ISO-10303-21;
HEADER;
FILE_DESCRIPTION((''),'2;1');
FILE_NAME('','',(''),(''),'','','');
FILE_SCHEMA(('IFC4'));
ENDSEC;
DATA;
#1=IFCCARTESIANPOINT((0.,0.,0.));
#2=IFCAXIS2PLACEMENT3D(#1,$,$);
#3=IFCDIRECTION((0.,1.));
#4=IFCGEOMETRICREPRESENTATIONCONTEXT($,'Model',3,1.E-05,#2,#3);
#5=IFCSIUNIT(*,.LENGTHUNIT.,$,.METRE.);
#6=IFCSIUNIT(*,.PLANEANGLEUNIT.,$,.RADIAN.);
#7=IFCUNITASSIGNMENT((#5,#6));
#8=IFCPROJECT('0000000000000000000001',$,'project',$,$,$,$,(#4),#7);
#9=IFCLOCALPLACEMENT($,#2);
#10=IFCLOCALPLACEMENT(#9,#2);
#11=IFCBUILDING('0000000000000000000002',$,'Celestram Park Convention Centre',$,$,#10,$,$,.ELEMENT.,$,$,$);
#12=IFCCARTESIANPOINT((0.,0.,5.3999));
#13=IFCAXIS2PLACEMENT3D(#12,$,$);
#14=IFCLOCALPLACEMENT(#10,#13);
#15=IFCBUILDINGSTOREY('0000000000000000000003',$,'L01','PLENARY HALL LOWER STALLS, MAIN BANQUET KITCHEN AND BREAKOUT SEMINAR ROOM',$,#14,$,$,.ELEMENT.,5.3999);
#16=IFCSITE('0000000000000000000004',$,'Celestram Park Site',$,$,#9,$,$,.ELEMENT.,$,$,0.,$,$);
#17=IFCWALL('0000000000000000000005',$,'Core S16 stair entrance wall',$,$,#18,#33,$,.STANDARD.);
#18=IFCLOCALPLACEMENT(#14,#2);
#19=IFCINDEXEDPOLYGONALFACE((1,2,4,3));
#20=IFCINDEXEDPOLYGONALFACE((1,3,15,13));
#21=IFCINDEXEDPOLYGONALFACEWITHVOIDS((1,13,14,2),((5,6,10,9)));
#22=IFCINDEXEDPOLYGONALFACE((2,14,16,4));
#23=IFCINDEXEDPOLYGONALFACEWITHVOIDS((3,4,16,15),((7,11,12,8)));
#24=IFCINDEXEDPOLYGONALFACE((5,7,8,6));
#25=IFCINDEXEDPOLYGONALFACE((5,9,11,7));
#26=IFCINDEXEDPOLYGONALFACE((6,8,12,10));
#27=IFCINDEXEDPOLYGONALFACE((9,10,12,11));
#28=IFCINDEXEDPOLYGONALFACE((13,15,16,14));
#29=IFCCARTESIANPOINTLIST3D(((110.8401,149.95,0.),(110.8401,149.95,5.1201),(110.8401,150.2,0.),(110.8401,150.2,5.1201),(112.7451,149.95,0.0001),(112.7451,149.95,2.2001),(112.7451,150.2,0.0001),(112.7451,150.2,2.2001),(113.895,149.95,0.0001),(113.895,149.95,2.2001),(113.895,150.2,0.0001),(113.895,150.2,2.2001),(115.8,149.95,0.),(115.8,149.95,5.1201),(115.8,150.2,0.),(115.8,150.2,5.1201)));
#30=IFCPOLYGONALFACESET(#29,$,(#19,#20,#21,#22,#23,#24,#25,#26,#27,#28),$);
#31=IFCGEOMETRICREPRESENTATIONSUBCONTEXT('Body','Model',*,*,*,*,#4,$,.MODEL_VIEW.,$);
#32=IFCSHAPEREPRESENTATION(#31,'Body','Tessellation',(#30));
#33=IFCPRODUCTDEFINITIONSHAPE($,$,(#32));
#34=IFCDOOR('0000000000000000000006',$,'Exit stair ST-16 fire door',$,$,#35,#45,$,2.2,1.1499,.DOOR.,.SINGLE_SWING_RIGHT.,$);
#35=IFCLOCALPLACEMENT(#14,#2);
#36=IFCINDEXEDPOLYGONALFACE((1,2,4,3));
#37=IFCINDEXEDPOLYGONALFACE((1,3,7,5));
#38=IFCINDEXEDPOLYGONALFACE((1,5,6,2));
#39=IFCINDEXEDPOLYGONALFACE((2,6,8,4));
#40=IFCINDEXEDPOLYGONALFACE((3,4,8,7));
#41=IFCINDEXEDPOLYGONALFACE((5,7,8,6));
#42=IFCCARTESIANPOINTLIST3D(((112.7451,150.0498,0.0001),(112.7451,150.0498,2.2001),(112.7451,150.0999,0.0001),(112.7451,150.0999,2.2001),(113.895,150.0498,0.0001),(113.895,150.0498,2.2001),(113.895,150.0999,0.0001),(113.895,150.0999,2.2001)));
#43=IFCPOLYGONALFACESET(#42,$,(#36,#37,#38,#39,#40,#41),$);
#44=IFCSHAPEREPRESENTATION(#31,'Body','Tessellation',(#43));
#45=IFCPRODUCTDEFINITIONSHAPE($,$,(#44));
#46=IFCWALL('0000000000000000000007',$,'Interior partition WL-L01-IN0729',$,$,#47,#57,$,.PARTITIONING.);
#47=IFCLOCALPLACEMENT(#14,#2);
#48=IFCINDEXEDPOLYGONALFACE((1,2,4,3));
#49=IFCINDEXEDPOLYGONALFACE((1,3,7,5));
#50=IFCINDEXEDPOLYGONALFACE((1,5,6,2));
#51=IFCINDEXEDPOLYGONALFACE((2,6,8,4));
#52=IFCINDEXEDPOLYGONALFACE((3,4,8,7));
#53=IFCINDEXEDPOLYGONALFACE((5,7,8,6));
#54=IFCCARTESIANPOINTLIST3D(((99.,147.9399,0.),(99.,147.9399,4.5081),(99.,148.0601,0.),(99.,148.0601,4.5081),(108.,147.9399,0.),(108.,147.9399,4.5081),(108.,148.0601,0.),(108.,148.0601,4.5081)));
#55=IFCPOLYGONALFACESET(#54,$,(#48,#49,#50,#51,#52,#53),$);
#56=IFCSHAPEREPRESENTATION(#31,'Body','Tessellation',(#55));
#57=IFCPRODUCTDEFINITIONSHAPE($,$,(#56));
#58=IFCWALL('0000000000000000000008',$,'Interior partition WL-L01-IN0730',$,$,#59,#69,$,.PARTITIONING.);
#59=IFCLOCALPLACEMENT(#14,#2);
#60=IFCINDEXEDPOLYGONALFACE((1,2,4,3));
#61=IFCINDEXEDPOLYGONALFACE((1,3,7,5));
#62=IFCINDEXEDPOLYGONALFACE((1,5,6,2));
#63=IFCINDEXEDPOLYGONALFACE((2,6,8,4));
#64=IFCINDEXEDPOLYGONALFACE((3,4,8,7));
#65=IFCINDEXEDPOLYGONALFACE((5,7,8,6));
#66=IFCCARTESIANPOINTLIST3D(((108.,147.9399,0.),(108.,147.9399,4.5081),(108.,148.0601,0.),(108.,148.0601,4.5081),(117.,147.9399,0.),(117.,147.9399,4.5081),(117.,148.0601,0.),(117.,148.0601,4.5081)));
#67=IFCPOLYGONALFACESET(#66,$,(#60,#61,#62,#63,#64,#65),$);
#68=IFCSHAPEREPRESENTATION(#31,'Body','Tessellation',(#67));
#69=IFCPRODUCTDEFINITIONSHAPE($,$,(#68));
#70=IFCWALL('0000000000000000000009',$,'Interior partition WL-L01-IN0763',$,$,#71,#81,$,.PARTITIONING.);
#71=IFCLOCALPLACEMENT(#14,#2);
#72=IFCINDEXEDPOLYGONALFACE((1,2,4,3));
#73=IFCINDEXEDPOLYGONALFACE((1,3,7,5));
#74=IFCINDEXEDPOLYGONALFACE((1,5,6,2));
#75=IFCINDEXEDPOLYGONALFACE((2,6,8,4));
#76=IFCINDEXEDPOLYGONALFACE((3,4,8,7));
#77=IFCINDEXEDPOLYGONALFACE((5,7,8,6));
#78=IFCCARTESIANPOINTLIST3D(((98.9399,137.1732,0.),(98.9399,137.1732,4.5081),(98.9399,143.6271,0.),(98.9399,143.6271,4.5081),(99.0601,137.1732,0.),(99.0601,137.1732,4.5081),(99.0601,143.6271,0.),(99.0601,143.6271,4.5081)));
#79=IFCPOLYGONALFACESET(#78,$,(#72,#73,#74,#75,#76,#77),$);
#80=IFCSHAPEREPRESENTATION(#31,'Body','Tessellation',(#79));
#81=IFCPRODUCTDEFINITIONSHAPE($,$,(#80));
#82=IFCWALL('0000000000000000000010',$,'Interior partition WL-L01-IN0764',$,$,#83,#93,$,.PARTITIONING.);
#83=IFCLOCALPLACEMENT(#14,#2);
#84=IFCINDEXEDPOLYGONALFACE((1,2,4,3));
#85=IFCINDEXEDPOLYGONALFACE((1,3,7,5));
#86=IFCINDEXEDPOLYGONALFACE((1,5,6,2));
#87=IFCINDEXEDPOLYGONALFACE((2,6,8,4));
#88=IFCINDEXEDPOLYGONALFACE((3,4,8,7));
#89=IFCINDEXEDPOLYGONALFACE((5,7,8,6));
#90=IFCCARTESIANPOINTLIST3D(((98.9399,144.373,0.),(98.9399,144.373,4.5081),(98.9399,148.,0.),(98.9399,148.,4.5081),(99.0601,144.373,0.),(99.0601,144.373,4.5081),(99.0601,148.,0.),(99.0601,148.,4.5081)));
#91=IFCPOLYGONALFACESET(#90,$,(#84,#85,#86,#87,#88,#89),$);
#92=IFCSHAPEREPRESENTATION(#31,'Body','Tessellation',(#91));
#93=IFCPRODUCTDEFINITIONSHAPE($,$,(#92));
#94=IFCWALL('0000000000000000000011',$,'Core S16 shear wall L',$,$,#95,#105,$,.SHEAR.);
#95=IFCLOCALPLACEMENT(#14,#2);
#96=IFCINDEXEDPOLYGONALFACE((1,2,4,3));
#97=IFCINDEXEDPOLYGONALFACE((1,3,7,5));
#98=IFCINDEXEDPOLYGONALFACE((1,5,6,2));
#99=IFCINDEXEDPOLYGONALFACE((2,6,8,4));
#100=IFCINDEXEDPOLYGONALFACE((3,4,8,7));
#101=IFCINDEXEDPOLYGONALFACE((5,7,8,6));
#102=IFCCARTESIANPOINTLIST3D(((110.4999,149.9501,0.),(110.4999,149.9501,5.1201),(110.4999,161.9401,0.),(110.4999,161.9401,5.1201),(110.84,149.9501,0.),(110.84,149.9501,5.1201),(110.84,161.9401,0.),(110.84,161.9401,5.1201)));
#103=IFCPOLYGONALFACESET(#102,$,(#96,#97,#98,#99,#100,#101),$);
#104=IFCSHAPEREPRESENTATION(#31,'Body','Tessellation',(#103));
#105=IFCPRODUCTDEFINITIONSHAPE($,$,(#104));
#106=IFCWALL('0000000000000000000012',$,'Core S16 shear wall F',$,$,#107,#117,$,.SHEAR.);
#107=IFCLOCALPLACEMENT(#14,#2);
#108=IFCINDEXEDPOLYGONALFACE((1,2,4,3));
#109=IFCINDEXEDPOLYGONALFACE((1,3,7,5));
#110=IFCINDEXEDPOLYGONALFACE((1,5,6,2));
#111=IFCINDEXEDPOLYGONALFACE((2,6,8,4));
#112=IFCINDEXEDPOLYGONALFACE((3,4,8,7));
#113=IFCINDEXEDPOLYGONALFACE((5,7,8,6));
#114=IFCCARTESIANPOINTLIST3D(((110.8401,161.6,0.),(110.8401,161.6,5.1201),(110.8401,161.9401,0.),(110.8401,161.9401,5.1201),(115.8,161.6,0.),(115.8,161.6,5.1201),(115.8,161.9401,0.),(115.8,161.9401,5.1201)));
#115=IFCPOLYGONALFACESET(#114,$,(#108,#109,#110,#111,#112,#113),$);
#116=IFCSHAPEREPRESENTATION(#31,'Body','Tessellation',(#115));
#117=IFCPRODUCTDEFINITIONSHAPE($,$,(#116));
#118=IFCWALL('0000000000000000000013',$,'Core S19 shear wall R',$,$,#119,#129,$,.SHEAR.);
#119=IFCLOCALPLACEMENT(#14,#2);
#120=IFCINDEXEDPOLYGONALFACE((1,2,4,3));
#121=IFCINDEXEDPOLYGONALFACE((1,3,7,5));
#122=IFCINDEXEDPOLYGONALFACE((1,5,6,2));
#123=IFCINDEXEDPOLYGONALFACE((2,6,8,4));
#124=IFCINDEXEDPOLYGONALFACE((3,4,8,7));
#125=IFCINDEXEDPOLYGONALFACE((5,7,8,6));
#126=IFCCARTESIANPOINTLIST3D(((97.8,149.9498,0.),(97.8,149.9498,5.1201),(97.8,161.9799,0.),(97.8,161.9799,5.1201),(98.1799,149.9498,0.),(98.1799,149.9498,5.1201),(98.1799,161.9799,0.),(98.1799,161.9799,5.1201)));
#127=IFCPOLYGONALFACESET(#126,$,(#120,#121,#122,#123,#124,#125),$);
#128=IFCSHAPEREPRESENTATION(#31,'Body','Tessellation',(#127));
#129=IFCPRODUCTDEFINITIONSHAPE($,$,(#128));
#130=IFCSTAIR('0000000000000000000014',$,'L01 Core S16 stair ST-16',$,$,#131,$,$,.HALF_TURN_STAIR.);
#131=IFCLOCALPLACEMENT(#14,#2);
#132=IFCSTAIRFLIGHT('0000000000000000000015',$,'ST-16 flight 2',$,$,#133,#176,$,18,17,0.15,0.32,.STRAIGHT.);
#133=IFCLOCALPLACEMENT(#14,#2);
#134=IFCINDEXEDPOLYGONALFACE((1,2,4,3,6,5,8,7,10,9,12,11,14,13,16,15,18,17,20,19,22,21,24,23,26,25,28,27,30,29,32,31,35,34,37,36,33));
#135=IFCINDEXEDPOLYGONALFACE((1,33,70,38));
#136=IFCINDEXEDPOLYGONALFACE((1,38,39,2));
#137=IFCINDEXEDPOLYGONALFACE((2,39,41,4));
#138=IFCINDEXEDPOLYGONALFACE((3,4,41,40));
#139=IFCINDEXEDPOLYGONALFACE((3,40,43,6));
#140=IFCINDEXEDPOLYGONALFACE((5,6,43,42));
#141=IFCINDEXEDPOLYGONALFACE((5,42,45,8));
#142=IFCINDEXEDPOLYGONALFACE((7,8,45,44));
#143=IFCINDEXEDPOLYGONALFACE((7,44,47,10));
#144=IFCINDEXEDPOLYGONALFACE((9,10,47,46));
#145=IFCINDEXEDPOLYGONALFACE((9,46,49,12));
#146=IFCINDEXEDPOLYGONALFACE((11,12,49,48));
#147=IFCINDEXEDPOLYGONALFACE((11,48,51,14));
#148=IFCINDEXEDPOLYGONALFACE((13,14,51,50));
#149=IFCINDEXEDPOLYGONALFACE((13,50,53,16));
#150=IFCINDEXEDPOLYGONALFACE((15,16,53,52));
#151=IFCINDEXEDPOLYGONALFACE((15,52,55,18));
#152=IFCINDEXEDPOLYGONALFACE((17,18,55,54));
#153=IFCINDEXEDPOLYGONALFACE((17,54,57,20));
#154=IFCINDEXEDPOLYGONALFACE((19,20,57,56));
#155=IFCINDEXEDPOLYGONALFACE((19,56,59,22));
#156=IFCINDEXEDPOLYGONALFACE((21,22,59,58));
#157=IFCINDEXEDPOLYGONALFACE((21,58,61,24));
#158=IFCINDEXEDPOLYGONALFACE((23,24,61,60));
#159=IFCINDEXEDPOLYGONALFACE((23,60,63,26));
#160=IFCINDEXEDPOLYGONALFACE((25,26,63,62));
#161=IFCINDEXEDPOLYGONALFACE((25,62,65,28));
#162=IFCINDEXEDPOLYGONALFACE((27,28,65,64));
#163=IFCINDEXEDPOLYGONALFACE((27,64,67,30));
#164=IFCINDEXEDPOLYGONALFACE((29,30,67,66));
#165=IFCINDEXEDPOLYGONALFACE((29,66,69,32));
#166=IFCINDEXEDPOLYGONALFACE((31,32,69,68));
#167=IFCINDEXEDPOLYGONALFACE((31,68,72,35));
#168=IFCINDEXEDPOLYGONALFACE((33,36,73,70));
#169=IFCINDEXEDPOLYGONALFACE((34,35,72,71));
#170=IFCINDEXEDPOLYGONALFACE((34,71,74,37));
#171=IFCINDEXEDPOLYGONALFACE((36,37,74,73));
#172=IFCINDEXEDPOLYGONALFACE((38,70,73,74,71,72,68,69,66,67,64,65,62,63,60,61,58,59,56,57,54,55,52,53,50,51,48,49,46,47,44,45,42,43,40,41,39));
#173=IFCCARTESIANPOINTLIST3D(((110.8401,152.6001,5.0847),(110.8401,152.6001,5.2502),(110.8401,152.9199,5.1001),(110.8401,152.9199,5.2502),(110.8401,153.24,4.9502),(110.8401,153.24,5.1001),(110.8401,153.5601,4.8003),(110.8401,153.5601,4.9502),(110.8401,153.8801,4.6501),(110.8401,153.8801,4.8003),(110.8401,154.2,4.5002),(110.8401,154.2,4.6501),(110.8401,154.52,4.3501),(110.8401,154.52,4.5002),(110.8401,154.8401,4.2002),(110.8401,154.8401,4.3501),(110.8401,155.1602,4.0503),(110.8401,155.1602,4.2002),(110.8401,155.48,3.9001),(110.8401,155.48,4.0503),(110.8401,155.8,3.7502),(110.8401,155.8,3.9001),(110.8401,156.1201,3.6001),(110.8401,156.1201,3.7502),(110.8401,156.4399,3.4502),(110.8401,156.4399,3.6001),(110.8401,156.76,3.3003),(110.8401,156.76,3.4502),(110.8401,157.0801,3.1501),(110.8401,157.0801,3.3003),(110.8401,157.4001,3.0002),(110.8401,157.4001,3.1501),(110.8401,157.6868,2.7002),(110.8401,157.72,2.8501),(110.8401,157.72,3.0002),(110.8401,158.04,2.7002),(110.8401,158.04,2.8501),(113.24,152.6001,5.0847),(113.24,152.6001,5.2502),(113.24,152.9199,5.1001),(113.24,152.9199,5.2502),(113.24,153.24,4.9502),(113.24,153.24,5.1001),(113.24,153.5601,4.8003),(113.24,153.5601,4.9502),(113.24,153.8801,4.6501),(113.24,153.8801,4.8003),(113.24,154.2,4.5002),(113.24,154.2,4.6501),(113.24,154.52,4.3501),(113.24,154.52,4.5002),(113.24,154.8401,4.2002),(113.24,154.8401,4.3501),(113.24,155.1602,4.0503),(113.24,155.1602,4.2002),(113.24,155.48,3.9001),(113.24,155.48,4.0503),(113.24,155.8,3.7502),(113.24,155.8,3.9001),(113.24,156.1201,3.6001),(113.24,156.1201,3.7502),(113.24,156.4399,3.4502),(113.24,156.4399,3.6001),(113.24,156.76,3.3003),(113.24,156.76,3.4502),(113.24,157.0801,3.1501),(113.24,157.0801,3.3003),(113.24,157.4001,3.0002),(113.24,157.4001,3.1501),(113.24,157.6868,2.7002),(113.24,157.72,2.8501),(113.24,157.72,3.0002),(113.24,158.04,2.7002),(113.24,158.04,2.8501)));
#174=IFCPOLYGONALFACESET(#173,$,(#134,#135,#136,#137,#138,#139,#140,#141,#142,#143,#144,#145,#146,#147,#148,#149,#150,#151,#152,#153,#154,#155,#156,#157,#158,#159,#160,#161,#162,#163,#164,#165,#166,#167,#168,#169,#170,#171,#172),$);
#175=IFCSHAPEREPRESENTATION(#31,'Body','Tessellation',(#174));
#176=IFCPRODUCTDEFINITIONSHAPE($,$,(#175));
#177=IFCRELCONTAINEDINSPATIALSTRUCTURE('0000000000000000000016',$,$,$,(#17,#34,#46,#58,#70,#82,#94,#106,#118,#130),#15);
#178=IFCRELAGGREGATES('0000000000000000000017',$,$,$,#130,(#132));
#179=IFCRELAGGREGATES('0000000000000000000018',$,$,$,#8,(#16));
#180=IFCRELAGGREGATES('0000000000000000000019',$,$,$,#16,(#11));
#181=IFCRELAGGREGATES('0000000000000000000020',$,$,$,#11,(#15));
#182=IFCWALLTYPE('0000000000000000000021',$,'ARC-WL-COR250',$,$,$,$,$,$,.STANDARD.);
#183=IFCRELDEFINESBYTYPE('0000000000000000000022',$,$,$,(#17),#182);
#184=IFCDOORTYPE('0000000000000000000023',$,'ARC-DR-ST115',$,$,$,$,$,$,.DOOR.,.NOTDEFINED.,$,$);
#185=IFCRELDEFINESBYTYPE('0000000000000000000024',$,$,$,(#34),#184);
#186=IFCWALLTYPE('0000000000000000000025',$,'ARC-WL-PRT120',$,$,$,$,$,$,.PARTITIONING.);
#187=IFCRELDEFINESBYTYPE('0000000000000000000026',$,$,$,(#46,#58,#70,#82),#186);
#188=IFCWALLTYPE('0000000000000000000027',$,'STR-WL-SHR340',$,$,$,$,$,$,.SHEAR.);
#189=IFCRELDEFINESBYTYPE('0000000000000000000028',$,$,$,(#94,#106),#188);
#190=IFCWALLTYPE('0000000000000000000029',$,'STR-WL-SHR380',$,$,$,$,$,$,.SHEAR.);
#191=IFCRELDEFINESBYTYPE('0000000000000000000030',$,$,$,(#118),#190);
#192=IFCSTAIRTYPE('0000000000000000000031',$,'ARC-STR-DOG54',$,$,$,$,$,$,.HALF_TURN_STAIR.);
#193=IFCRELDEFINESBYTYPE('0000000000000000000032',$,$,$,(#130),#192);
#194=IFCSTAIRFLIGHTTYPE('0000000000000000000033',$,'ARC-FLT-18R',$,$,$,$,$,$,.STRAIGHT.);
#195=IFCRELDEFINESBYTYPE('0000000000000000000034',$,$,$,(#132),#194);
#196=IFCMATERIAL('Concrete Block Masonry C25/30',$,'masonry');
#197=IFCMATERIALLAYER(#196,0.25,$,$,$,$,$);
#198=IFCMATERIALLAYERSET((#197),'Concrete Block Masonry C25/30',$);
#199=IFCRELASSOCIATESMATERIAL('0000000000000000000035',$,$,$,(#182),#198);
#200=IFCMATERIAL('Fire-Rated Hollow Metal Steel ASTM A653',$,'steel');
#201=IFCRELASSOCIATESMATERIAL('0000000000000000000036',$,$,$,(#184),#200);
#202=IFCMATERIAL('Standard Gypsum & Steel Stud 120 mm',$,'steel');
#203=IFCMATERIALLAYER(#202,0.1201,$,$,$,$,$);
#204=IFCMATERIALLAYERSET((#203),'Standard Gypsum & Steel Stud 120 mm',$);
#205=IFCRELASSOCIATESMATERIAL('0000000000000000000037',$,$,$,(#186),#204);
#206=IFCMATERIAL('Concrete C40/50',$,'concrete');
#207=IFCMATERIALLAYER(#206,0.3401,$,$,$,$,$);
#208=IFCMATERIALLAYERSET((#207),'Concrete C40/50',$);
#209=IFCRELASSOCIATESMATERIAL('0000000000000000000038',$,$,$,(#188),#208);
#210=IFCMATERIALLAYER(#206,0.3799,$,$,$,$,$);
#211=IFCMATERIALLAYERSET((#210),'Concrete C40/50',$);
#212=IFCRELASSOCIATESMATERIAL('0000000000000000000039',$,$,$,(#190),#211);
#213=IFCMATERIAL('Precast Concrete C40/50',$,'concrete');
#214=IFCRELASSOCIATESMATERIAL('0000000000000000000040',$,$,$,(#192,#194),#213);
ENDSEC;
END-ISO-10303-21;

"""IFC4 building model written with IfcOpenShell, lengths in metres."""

from ifc_helpers import new_model, si_unit, direction, frame, frame_2d, origin, place, context, subcontext, project, spatial, polyline, rectangle, outline, extrude, material, layer, layer_set, type_object, element, fill, aggregate, save


model = new_model("IFC4")

# Units and contexts
model_context = context("Model", 3, precision=1e-05, world=origin(), true_north=direction((0.0, 1.0)))
body_context = subcontext(model_context, "Body", "Model", "MODEL_VIEW")
ifc_project = project(units=[si_unit("LENGTHUNIT", "METRE"), si_unit("PLANEANGLEUNIT", "RADIAN")], contexts=[model_context])

# Site, building, storey
site_placement = place(None, origin())
site = spatial("IfcSite", under=ifc_project, at=site_placement, Name="Celestram Park Site", CompositionType="ELEMENT", RefElevation=0.0)
building_placement = place(site_placement, origin())
building = spatial("IfcBuilding", under=site, at=building_placement, Name="Celestram Park Convention Centre", CompositionType="ELEMENT")
storey_placement = place(building_placement, frame((0.0, 0.0, 5.3999)))
storey = spatial("IfcBuildingStorey", under=building, at=storey_placement, Name="L01", Description="PLENARY HALL LOWER STALLS, MAIN BANQUET KITCHEN AND BREAKOUT SEMINAR ROOM", CompositionType="ELEMENT", Elevation=5.3999)

# Shared definitions
ifc_material_1 = material(Name="Concrete C40/50", Category="concrete")

# Wall, opening, door
ifc_material_2 = material(Name="Concrete Block Masonry C25/30", Category="masonry")
ifc_layer_1 = layer(ifc_material_2, 0.25)
ifc_layer_set_1 = layer_set([ifc_layer_1], Name="Concrete Block Masonry C25/30")
wall_type_1 = type_object("IfcWallType", Name="ARC-WL-COR250", PredefinedType="STANDARD", material=ifc_layer_set_1)
wall_1_placement = place(storey_placement, frame((110.8401, 150.075, 0.0), z_axis=(0.0, 0.0, 1.0), x_axis=(1.0, 0.0, 0.0)))
wall_1 = element("IfcWall", 1, at=wall_1_placement, inside=storey, type_object=wall_type_1, Name="Core S16 stair entrance wall", PredefinedType="STANDARD", context=body_context, shape_type="SweptSolid", body=[
    extrude(rectangle(XDim=4.96, YDim=0.25, at=frame_2d((2.48, 0.0))), origin(), (0.0, 0.0, 1.0), 5.1201),
])
opening_placement = place(wall_1_placement, frame((1.905, 0.0, 0.0)))
opening = element("IfcOpeningElement", 2, at=opening_placement, cuts=wall_1, PredefinedType="OPENING", context=body_context, shape_type="SweptSolid", body=[
    extrude(rectangle(XDim=1.1499, YDim=2.2, at=frame_2d((0.575, 1.1001))), frame((0.0, 0.135, 0.0), z_axis=(0.0, -1.0, 0.0), x_axis=(1.0, 0.0, 0.0)), (0.0, 0.0, 1.0), 0.27),
])
ifc_material_3 = material(Name="Fire-Rated Hollow Metal Steel ASTM A653", Category="steel")
door_type = type_object("IfcDoorType", Name="ARC-DR-ST115", OperationType="NOTDEFINED", PredefinedType="DOOR", material=ifc_material_3)
door_placement = place(opening_placement, origin())
door = element("IfcDoor", 3, at=door_placement, inside=storey, type_object=door_type, Name="Exit stair ST-16 fire door", OperationType="SINGLE_SWING_RIGHT", OverallHeight=2.2, OverallWidth=1.1499, PredefinedType="DOOR", context=body_context, shape_type="SweptSolid", body=[
    extrude(rectangle(XDim=1.1499, YDim=2.2, at=frame_2d((0.575, 1.1001))), frame((0.0, 0.0249, 0.0), z_axis=(0.0, -1.0, 0.0), x_axis=(1.0, 0.0, 0.0)), (0.0, 0.0, 1.0), 0.05),
])
fill(opening, door)

# Walls
ifc_material_4 = material(Name="Standard Gypsum & Steel Stud 120 mm", Category="steel")
ifc_layer_2 = layer(ifc_material_4, 0.1201)
ifc_layer_set_2 = layer_set([ifc_layer_2], Name="Standard Gypsum & Steel Stud 120 mm")
wall_type_2 = type_object("IfcWallType", Name="ARC-WL-PRT120", PredefinedType="PARTITIONING", material=ifc_layer_set_2)
for number, where, z_axis, x_axis, name in (
    (4, (99.0, 148.0, 0.0), (0.0, 0.0, 1.0), (1.0, 0.0, 0.0), "Interior partition WL-L01-IN0729"),
    (5, (108.0, 148.0, 0.0), (0.0, 0.0, 1.0), (1.0, 0.0, 0.0), "Interior partition WL-L01-IN0730"),
):
    element("IfcWall", number, at=place(storey_placement, frame(where, z_axis=z_axis, x_axis=x_axis)), inside=storey, type_object=wall_type_2, Name=name, PredefinedType="PARTITIONING", context=body_context, shape_type="SweptSolid", body=[
        extrude(rectangle(XDim=9.0, YDim=0.1201, at=frame_2d((4.5, 0.0))), origin(), (0.0, 0.0, 1.0), 4.5081),
    ])
wall_2_placement = place(storey_placement, frame((99.0, 137.1731, 0.0), z_axis=(0.0, 0.0, 1.0), x_axis=(0.0, 1.0, 0.0)))
element("IfcWall", 6, at=wall_2_placement, inside=storey, type_object=wall_type_2, Name="Interior partition WL-L01-IN0763", PredefinedType="PARTITIONING", context=body_context, shape_type="SweptSolid", body=[
    extrude(rectangle(XDim=6.4539, YDim=0.1201, at=frame_2d((3.2271, 0.0))), origin(), (0.0, 0.0, 1.0), 4.5081),
])
wall_3_placement = place(storey_placement, frame((99.0, 144.373, 0.0), z_axis=(0.0, 0.0, 1.0), x_axis=(0.0, 1.0, 0.0)))
element("IfcWall", 7, at=wall_3_placement, inside=storey, type_object=wall_type_2, Name="Interior partition WL-L01-IN0764", PredefinedType="PARTITIONING", context=body_context, shape_type="SweptSolid", body=[
    extrude(rectangle(XDim=3.627, YDim=0.1201, at=frame_2d((1.8135, 0.0))), origin(), (0.0, 0.0, 1.0), 4.5081),
])
ifc_layer_3 = layer(ifc_material_1, 0.3401)
ifc_layer_set_3 = layer_set([ifc_layer_3], Name="Concrete C40/50")
wall_type_3 = type_object("IfcWallType", Name="STR-WL-SHR340", PredefinedType="SHEAR", material=ifc_layer_set_3)
wall_4_placement = place(storey_placement, frame((110.6699, 149.95, 0.0), z_axis=(0.0, 0.0, 1.0), x_axis=(0.0, 1.0, 0.0)))
element("IfcWall", 8, at=wall_4_placement, inside=storey, type_object=wall_type_3, Name="Core S16 shear wall L", PredefinedType="SHEAR", context=body_context, shape_type="SweptSolid", body=[
    extrude(rectangle(XDim=11.99, YDim=0.3401, at=frame_2d((5.9951, 0.0))), origin(), (0.0, 0.0, 1.0), 5.1201),
])
wall_5_placement = place(storey_placement, frame((110.8401, 161.77, 0.0), z_axis=(0.0, 0.0, 1.0), x_axis=(1.0, 0.0, 0.0)))
element("IfcWall", 9, at=wall_5_placement, inside=storey, type_object=wall_type_3, Name="Core S16 shear wall F", PredefinedType="SHEAR", context=body_context, shape_type="SweptSolid", body=[
    extrude(rectangle(XDim=4.96, YDim=0.3401, at=frame_2d((2.48, 0.0))), origin(), (0.0, 0.0, 1.0), 5.1201),
])
ifc_layer_4 = layer(ifc_material_1, 0.3799)
ifc_layer_set_4 = layer_set([ifc_layer_4], Name="Concrete C40/50")
wall_type_4 = type_object("IfcWallType", Name="STR-WL-SHR380", PredefinedType="SHEAR", material=ifc_layer_set_4)
wall_6_placement = place(storey_placement, frame((97.99, 161.98, 0.0), z_axis=(0.0, 0.0, 1.0), x_axis=(0.0, -1.0, 0.0)))
element("IfcWall", 10, at=wall_6_placement, inside=storey, type_object=wall_type_4, Name="Core S19 shear wall R", PredefinedType="SHEAR", context=body_context, shape_type="SweptSolid", body=[
    extrude(rectangle(XDim=12.03, YDim=0.3799, at=frame_2d((6.0151, 0.0))), origin(), (0.0, 0.0, 1.0), 5.1201),
])

# Stair, stair flight
ifc_material_5 = material(Name="Precast Concrete C40/50", Category="concrete")
stair_type = type_object("IfcStairType", Name="ARC-STR-DOG54", PredefinedType="HALF_TURN_STAIR", material=ifc_material_5)
stair_placement = place(storey_placement, origin())
stair = element("IfcStair", 11, at=stair_placement, inside=storey, type_object=stair_type, Name="L01 Core S16 stair ST-16", PredefinedType="HALF_TURN_STAIR")
stair_flight_type = type_object("IfcStairFlightType", Name="ARC-FLT-18R", PredefinedType="STRAIGHT", material=ifc_material_5)
stair_flight_placement = place(storey_placement, frame((112.04, 158.04, 2.7002), z_axis=(0.0, 0.0, 1.0), x_axis=(0.0, -1.0, 0.0)))
stair_flight = element("IfcStairFlight", 12, at=stair_flight_placement, type_object=stair_flight_type, Name="ST-16 flight 2", NumberOfRisers=18, NumberOfTreads=17, PredefinedType="STRAIGHT", RiserHeight=0.15, TreadLength=0.32, context=body_context, shape_type="SweptSolid", body=[
    extrude(outline(polyline([(0.0, 0.0), (0.0, 0.1499), (0.3201, 0.1499), (0.3201, 0.3), (0.6399, 0.3), (0.6399, 0.45), (0.96, 0.45), (0.96, 0.6001), (1.28, 0.6001), (1.28, 0.75), (1.6001, 0.75), (1.6001, 0.8999), (1.9199, 0.8999), (1.9199, 1.05), (2.24, 1.05), (2.24, 1.2), (2.5601, 1.2), (2.5601, 1.3501), (2.8799, 1.3501), (2.8799, 1.5), (3.2, 1.5), (3.2, 1.6499), (3.52, 1.6499), (3.52, 1.8), (3.8401, 1.8), (3.8401, 1.95), (4.1599, 1.95), (4.1599, 2.1001), (4.48, 2.1001), (4.48, 2.25), (4.8, 2.25), (4.8, 2.3999), (5.1201, 2.3999), (5.1201, 2.55), (5.4399, 2.55), (5.4399, 2.7), (5.4399, 2.3845), (0.3533, 0.0), (0.0, 0.0)])), frame((0.0, 1.2, 0.0), z_axis=(0.0, -1.0, 0.0), x_axis=(1.0, 0.0, 0.0)), (0.0, 0.0, 1.0), 2.3999),
])
aggregate(stair, [stair_flight])

save(model, "model.ifc")
